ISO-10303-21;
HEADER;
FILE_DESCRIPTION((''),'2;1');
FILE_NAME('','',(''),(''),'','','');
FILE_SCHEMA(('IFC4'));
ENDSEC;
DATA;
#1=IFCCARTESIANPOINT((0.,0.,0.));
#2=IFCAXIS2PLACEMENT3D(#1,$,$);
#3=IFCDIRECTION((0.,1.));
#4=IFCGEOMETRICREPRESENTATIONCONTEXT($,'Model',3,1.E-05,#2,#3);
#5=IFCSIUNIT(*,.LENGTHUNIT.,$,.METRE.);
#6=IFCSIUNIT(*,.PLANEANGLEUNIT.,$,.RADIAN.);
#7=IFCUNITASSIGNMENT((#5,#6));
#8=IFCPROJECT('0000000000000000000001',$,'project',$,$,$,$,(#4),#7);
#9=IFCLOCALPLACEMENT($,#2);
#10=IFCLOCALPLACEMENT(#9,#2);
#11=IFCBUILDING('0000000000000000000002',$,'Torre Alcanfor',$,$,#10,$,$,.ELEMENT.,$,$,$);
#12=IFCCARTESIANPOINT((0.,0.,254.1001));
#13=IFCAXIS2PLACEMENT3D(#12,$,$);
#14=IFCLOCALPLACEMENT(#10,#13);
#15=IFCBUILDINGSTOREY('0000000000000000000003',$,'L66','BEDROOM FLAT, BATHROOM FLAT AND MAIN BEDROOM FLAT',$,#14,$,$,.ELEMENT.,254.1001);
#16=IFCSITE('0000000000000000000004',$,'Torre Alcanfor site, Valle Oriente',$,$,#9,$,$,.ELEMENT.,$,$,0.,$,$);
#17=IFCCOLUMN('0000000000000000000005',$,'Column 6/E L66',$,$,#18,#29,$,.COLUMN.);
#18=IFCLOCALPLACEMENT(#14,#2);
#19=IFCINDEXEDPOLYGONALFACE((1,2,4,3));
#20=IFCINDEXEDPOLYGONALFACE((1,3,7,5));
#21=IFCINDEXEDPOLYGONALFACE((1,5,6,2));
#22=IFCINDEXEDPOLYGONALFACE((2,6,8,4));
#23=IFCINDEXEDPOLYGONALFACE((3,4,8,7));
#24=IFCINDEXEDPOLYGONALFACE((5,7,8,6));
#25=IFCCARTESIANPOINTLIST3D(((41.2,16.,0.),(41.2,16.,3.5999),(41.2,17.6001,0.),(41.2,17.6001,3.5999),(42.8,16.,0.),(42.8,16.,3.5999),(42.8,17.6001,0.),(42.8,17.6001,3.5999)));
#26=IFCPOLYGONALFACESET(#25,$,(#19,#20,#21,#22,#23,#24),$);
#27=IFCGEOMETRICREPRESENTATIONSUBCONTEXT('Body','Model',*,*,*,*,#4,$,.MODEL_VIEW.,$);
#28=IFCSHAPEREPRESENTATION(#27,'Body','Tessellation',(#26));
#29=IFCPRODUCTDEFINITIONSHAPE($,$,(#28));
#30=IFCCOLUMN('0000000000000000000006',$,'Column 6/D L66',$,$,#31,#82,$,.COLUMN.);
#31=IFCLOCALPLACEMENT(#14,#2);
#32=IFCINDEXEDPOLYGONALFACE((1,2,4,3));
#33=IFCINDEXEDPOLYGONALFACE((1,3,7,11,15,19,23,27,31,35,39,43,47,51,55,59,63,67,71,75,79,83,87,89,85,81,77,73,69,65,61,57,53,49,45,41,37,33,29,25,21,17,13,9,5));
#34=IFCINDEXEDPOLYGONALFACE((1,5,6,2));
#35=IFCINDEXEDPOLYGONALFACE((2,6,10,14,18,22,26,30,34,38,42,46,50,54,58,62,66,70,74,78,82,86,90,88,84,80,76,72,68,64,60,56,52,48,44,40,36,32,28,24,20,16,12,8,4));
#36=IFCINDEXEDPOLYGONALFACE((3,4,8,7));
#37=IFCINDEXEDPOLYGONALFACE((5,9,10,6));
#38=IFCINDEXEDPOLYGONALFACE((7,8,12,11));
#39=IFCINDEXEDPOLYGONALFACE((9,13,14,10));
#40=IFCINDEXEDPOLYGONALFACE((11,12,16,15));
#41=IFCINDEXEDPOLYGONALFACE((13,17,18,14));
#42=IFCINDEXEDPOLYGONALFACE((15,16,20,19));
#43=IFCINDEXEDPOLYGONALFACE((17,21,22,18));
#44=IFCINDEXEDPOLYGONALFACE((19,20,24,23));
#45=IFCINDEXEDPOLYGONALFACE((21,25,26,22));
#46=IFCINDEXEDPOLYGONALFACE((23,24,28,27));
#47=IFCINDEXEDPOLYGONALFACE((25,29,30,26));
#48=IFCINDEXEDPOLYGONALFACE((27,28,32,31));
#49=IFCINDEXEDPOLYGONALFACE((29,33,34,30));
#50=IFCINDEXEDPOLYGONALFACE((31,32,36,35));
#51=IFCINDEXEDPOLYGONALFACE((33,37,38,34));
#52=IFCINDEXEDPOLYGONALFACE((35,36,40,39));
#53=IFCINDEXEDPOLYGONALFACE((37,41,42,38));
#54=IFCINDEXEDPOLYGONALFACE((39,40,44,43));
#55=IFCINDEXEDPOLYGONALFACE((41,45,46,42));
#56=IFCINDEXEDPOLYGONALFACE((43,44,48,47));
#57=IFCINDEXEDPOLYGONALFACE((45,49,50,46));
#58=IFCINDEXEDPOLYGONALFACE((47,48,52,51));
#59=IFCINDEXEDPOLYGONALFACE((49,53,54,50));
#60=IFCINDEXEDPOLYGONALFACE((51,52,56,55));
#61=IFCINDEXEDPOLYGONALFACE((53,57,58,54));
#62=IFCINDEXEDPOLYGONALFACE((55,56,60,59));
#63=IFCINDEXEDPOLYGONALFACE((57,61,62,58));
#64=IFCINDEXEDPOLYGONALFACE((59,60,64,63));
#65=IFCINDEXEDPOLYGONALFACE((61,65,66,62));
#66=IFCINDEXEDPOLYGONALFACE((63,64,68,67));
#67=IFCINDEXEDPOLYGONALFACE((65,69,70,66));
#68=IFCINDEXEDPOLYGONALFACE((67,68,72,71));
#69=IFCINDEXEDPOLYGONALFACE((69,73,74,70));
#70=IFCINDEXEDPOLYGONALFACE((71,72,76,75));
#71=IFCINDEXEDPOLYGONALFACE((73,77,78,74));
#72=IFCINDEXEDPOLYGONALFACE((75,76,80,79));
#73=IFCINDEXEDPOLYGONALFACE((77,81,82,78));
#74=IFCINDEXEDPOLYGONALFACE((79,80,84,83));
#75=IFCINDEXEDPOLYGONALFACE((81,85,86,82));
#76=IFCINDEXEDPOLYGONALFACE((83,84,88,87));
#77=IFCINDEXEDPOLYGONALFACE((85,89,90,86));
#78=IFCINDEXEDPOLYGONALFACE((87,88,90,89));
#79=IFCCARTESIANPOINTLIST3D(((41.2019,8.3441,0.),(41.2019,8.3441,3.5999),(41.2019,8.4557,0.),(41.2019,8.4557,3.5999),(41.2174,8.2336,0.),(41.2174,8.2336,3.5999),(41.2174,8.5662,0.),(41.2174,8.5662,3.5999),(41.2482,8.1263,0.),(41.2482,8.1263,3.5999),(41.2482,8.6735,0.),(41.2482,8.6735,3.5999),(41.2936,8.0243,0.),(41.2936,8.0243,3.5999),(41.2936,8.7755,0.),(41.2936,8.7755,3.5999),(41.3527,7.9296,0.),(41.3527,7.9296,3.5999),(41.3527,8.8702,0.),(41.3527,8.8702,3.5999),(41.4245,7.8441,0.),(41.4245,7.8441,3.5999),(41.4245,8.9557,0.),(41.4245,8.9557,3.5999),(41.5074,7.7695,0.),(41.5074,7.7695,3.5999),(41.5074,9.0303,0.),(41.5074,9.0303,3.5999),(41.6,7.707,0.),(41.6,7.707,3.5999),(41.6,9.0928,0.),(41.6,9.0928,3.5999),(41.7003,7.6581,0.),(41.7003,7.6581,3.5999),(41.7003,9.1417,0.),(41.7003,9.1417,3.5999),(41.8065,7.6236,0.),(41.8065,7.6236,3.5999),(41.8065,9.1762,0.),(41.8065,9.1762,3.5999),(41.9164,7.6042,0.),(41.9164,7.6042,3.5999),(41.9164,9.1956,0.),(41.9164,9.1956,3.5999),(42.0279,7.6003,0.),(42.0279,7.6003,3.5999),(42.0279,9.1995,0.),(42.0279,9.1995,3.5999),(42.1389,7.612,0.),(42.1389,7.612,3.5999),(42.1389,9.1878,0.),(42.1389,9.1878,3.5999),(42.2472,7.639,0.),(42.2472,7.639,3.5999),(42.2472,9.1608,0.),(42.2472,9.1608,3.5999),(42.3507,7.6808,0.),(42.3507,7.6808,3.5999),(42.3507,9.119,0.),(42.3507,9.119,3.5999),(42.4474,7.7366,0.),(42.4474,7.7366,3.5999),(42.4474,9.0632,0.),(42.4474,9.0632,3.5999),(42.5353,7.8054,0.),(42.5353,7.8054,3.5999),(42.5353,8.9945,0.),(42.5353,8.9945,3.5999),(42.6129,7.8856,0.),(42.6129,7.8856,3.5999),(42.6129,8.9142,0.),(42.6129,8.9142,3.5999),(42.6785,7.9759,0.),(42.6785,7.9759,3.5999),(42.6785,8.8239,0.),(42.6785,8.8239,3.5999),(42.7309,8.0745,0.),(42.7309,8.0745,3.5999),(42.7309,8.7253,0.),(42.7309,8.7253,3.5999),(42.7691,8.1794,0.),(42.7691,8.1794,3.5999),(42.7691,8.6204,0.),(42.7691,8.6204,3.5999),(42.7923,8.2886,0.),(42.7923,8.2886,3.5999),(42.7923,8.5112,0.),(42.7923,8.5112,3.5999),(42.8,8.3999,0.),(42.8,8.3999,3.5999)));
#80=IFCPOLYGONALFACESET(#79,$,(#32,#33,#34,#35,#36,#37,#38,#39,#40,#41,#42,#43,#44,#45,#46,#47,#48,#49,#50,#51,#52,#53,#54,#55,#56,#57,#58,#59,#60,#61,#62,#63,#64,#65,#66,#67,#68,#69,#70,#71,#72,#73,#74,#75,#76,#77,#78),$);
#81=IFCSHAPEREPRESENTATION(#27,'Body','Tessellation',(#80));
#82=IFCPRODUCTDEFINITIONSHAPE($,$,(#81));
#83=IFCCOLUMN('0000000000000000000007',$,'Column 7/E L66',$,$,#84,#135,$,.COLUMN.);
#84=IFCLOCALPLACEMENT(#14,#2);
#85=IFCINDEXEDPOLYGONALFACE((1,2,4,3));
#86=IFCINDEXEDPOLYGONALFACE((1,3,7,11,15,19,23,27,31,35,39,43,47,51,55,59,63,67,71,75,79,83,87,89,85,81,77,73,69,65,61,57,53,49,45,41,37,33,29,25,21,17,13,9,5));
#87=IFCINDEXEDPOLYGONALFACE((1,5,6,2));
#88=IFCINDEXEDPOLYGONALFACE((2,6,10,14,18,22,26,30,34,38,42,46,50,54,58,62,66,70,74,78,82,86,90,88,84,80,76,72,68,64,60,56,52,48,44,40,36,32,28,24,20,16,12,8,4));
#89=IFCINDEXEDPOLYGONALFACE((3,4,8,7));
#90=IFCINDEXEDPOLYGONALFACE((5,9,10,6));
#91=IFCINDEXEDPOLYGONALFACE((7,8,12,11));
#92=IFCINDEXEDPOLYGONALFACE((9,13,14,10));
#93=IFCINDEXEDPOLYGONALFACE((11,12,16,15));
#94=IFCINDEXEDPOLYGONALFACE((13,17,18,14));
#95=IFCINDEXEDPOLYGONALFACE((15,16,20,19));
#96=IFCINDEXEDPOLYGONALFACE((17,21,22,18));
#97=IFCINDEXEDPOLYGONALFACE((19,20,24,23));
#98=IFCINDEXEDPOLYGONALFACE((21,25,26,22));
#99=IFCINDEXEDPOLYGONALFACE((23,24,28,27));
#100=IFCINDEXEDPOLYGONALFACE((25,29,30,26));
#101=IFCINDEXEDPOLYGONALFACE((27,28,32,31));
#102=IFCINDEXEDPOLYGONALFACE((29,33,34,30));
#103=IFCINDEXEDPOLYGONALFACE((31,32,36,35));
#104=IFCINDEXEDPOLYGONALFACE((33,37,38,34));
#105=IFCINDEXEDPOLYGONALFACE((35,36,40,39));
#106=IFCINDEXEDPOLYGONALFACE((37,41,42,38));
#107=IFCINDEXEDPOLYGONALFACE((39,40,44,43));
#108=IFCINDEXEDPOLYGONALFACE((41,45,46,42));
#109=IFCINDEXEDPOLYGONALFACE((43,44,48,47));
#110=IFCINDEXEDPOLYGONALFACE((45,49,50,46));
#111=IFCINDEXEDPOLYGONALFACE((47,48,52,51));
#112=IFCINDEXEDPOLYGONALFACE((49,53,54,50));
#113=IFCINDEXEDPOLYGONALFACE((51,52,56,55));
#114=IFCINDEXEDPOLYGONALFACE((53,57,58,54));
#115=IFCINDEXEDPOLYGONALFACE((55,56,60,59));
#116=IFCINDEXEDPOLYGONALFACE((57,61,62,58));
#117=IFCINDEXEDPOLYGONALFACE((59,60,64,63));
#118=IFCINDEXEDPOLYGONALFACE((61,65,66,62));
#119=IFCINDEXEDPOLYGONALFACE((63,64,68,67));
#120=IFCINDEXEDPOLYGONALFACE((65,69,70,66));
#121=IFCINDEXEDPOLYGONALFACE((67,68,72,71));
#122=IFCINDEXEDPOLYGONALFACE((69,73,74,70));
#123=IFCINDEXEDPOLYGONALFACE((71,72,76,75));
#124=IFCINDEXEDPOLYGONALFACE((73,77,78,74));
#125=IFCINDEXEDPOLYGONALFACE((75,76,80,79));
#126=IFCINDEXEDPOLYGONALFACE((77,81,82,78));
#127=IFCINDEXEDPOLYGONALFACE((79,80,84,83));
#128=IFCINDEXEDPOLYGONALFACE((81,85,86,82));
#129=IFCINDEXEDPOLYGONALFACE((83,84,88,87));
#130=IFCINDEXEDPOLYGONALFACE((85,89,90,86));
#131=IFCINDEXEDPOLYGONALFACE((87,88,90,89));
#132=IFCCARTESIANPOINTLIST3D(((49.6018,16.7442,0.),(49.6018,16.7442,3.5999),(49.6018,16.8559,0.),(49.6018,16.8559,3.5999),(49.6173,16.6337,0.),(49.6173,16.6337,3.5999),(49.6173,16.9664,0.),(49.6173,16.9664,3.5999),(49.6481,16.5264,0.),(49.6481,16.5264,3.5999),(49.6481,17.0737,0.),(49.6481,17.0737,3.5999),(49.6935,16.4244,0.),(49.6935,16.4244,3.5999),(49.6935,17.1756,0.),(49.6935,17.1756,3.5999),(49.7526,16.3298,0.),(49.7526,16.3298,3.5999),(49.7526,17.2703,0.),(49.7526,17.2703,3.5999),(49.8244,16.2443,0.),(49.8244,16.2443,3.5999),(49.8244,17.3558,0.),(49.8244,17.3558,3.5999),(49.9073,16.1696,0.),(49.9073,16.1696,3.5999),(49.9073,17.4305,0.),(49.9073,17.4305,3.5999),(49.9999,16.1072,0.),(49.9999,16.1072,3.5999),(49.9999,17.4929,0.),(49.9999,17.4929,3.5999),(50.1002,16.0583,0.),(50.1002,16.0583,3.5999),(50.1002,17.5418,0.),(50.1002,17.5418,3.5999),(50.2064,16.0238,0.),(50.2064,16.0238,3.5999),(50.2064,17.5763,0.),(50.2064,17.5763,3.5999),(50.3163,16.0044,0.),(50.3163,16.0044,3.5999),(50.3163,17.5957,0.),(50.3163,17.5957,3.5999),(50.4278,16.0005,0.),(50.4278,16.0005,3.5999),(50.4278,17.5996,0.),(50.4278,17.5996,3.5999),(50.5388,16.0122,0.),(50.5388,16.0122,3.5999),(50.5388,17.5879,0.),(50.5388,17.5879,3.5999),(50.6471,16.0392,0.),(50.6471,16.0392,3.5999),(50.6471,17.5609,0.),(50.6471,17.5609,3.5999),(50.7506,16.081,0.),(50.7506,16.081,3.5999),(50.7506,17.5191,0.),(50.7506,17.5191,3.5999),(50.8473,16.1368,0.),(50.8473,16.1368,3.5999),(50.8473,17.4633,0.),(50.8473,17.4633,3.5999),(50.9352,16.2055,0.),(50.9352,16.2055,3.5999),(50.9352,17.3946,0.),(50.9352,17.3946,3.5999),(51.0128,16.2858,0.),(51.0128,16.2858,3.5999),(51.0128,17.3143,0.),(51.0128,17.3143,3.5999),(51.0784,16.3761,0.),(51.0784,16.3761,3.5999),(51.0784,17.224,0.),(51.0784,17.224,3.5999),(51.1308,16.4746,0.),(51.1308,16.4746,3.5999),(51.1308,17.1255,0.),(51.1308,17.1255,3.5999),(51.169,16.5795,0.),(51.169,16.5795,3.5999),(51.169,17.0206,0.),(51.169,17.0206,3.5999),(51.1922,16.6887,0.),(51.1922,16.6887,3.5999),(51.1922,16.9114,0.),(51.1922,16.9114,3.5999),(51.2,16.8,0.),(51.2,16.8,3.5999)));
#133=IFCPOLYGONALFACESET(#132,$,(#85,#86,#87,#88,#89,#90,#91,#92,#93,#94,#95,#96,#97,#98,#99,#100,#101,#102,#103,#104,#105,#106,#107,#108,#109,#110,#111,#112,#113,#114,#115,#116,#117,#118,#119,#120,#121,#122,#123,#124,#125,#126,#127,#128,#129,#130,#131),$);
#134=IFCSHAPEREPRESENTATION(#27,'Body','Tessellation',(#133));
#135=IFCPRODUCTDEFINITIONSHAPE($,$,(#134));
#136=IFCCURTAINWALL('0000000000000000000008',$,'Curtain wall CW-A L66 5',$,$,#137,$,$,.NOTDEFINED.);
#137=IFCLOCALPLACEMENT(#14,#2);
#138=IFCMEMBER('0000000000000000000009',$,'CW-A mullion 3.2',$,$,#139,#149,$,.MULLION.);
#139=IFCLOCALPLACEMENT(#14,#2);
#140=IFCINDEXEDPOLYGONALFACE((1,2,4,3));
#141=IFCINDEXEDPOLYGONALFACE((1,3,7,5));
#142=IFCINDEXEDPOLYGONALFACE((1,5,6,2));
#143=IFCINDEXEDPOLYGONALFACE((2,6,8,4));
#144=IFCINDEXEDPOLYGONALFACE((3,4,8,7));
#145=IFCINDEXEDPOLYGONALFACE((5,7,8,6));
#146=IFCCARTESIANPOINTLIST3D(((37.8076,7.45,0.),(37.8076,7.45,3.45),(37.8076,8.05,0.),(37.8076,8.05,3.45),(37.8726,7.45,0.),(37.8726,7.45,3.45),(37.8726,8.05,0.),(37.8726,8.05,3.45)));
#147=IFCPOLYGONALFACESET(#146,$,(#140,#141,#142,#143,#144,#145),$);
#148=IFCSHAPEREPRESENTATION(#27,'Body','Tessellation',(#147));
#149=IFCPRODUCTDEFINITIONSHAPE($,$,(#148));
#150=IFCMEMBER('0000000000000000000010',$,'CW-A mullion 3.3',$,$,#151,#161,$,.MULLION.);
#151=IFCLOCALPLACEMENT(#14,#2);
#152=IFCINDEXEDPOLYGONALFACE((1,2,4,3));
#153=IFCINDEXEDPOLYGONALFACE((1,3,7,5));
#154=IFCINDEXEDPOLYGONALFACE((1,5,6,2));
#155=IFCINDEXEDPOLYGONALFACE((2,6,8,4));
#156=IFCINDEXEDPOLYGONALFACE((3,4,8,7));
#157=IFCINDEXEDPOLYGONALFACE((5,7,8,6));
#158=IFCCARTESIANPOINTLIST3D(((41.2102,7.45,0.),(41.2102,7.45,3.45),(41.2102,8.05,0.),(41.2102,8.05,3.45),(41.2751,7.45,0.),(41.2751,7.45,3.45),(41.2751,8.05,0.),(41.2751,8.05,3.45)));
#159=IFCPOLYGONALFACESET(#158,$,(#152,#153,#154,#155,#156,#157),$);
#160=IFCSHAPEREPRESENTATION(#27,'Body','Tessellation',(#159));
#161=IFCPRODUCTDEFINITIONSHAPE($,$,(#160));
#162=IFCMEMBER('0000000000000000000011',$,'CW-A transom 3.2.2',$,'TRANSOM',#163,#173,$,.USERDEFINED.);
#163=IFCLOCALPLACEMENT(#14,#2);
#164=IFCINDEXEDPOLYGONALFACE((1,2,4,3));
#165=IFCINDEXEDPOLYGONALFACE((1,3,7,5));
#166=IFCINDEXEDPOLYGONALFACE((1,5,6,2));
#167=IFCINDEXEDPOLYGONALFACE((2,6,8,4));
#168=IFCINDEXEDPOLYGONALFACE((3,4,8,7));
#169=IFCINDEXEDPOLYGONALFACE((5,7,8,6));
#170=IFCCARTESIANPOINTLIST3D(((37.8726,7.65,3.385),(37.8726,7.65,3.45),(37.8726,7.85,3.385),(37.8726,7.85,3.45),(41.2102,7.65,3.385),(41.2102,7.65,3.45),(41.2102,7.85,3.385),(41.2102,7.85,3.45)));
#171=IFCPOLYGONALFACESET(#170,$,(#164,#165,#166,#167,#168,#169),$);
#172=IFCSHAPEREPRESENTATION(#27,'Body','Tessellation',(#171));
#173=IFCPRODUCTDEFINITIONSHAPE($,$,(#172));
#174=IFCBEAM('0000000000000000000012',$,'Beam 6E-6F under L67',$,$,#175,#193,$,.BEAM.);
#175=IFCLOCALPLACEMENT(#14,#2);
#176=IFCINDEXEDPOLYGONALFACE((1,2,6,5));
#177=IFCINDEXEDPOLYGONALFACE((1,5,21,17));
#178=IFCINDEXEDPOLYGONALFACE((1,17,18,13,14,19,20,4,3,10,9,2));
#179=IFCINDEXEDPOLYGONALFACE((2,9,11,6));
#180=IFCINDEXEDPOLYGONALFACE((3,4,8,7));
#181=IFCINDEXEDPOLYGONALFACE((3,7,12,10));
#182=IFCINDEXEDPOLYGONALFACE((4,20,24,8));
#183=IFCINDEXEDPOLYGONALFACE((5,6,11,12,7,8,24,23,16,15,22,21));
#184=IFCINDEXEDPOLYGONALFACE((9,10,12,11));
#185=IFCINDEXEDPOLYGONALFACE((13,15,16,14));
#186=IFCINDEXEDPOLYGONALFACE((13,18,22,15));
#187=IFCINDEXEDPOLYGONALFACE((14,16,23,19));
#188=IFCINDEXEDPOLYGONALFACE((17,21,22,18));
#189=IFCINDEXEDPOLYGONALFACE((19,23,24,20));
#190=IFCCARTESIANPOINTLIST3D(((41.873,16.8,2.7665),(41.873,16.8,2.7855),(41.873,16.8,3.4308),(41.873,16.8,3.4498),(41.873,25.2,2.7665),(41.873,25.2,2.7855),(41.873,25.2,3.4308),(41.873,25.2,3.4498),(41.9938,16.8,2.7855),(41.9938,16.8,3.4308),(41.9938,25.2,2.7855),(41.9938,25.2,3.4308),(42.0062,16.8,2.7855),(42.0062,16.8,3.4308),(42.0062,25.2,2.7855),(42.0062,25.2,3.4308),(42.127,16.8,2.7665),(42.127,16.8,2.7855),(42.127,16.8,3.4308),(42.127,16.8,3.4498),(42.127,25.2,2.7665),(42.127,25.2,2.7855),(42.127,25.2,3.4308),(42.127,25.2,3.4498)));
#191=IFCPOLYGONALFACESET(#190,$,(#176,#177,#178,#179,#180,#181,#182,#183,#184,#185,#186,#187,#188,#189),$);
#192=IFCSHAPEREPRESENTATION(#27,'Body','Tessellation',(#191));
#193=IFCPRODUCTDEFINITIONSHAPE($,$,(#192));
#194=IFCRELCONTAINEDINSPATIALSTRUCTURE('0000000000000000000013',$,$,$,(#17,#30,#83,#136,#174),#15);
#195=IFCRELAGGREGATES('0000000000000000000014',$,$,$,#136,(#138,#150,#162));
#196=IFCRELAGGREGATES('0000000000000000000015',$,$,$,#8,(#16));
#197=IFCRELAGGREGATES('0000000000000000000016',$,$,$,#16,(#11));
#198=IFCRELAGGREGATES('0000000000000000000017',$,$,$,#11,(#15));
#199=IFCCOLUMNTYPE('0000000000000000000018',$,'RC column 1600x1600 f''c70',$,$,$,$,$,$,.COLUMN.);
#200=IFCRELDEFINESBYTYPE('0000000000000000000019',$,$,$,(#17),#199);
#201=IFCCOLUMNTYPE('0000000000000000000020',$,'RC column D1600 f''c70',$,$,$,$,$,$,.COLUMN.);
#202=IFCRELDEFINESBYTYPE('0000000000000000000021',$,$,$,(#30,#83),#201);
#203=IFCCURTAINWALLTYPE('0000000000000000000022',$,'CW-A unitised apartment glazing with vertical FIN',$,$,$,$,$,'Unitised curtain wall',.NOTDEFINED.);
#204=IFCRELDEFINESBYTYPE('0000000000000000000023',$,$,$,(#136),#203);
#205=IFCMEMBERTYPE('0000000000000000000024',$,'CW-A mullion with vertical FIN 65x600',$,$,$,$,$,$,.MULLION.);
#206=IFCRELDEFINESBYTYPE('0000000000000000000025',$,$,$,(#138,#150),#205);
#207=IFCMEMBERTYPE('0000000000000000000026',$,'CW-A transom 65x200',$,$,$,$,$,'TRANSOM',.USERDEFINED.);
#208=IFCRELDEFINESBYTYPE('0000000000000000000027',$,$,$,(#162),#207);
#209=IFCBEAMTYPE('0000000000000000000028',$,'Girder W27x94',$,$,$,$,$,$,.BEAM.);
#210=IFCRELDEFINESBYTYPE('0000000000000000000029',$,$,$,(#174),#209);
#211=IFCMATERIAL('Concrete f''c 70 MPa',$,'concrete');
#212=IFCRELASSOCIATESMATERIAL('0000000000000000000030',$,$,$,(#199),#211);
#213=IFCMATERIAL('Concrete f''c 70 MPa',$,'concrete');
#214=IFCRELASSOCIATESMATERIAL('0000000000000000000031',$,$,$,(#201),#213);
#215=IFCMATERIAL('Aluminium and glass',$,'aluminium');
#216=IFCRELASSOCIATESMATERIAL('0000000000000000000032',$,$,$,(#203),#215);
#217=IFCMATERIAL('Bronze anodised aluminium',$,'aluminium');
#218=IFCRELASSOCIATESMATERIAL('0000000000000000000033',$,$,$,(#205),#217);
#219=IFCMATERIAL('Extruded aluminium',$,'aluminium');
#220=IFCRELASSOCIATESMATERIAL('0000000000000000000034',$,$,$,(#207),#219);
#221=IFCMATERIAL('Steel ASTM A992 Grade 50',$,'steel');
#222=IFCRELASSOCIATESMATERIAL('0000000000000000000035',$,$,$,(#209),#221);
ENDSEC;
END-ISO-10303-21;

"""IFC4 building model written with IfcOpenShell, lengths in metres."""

from ifc_helpers import new_model, si_unit, direction, frame, origin, origin_2d, place, context, subcontext, project, spatial, rectangle, circle, i_section, extrude, material, material_profile, profile_set, type_object, element, aggregate, save


model = new_model("IFC4")

# Units and contexts
model_context = context("Model", 3, precision=1e-05, world=origin(), true_north=direction((0.0, 1.0)))
body_context = subcontext(model_context, "Body", "Model", "MODEL_VIEW")
ifc_project = project(units=[si_unit("LENGTHUNIT", "METRE"), si_unit("PLANEANGLEUNIT", "RADIAN")], contexts=[model_context])

# Site, building, storey
site_placement = place(None, origin())
site = spatial("IfcSite", under=ifc_project, at=site_placement, Name="Torre Alcanfor site, Valle Oriente", CompositionType="ELEMENT", RefElevation=0.0)
building_placement = place(site_placement, origin())
building = spatial("IfcBuilding", under=site, at=building_placement, Name="Torre Alcanfor", CompositionType="ELEMENT")
storey_placement = place(building_placement, frame((0.0, 0.0, 254.1001)))
storey = spatial("IfcBuildingStorey", under=building, at=storey_placement, Name="L66", Description="BEDROOM FLAT, BATHROOM FLAT AND MAIN BEDROOM FLAT", CompositionType="ELEMENT", Elevation=254.1001)

# Columns
ifc_material_1 = material(Name="Concrete f'c 70 MPa", Category="concrete")
ifc_material_profile_1 = material_profile(ifc_material_1, rectangle(XDim=1.6001, YDim=1.6001, at=origin_2d()), Name="1600x1600")
ifc_profile_set_1 = profile_set([ifc_material_profile_1], Name="Concrete f'c 70 MPa")
column_type_1 = type_object("IfcColumnType", Name="RC column 1600x1600 f'c70", PredefinedType="COLUMN", material=ifc_profile_set_1)
column_placement = place(storey_placement, frame((42.0, 16.8, 0.0), z_axis=(0.0, 0.0, 1.0), x_axis=(1.0, 0.0, 0.0)))
element("IfcColumn", 1, at=column_placement, inside=storey, type_object=column_type_1, Name="Column 6/E L66", PredefinedType="COLUMN", context=body_context, shape_type="SweptSolid", body=[
    extrude(rectangle(XDim=1.6001, YDim=1.6001, at=origin_2d()), origin(), (0.0, 0.0, 1.0), 3.5999),
])
ifc_material_2 = material(Name="Concrete f'c 70 MPa", Category="concrete")
ifc_material_profile_2 = material_profile(ifc_material_2, circle(Radius=0.8, at=origin_2d()), Name="D1600")
ifc_profile_set_2 = profile_set([ifc_material_profile_2], Name="Concrete f'c 70 MPa")
column_type_2 = type_object("IfcColumnType", Name="RC column D1600 f'c70", PredefinedType="COLUMN", material=ifc_profile_set_2)
for number, where, z_axis, x_axis, name in (
    (2, (42.0, 8.3999, 0.0), (0.0, 0.0, 1.0), (1.0, 0.0, 0.0), "Column 6/D L66"),
    (3, (50.3999, 16.8, 0.0), (0.0, 0.0, 1.0), (1.0, 0.0, 0.0), "Column 7/E L66"),
):
    element("IfcColumn", number, at=place(storey_placement, frame(where, z_axis=z_axis, x_axis=x_axis)), inside=storey, type_object=column_type_2, Name=name, PredefinedType="COLUMN", context=body_context, shape_type="SweptSolid", body=[
        extrude(circle(Radius=0.8, at=origin_2d()), origin(), (0.0, 0.0, 1.0), 3.5999),
    ])

# Curtain wall, members
ifc_material_3 = material(Name="Aluminium and glass", Category="aluminium")
curtain_wall_type = type_object("IfcCurtainWallType", Name="CW-A unitised apartment glazing with vertical FIN", ElementType="Unitised curtain wall", PredefinedType="NOTDEFINED", material=ifc_material_3)
curtain_wall_placement = place(storey_placement, origin())
curtain_wall = element("IfcCurtainWall", 4, at=curtain_wall_placement, inside=storey, type_object=curtain_wall_type, Name="Curtain wall CW-A L66 5", PredefinedType="NOTDEFINED")
ifc_material_4 = material(Name="Bronze anodised aluminium", Category="aluminium")
ifc_material_profile_3 = material_profile(ifc_material_4, rectangle(XDim=0.6001, YDim=0.0649, at=origin_2d()), Name="CW-A mullion 65x600")
ifc_profile_set_3 = profile_set([ifc_material_profile_3], Name="Bronze anodised aluminium")
member_type_1 = type_object("IfcMemberType", Name="CW-A mullion with vertical FIN 65x600", PredefinedType="MULLION", material=ifc_profile_set_3)
member_1_placement = place(storey_placement, frame((37.8401, 7.75, 0.0), z_axis=(0.0, 0.0, 1.0), x_axis=(0.0, 1.0, 0.0)))
member_1 = element("IfcMember", 5, at=member_1_placement, type_object=member_type_1, Name="CW-A mullion 3.2", PredefinedType="MULLION", context=body_context, shape_type="SweptSolid", body=[
    extrude(rectangle(XDim=0.6001, YDim=0.0649, at=origin_2d()), origin(), (0.0, 0.0, 1.0), 3.45),
])
member_2_placement = place(storey_placement, frame((41.2427, 7.75, 0.0), z_axis=(0.0, 0.0, 1.0), x_axis=(0.0, 1.0, 0.0)))
member_2 = element("IfcMember", 6, at=member_2_placement, type_object=member_type_1, Name="CW-A mullion 3.3", PredefinedType="MULLION", context=body_context, shape_type="SweptSolid", body=[
    extrude(rectangle(XDim=0.6001, YDim=0.0649, at=origin_2d()), origin(), (0.0, 0.0, 1.0), 3.45),
])
ifc_material_5 = material(Name="Extruded aluminium", Category="aluminium")
ifc_material_profile_4 = material_profile(ifc_material_5, rectangle(XDim=0.2, YDim=0.0649, at=origin_2d()), Name="CW-A transom 200x65")
ifc_profile_set_4 = profile_set([ifc_material_profile_4], Name="Extruded aluminium")
member_type_2 = type_object("IfcMemberType", Name="CW-A transom 65x200", ElementType="TRANSOM", PredefinedType="USERDEFINED", material=ifc_profile_set_4)
member_3_placement = place(storey_placement, frame((37.8726, 7.75, 3.4175), z_axis=(1.0, 0.0, 0.0), x_axis=(0.0, 1.0, 0.0)))
member_3 = element("IfcMember", 7, at=member_3_placement, type_object=member_type_2, Name="CW-A transom 3.2.2", ObjectType="TRANSOM", PredefinedType="USERDEFINED", context=body_context, shape_type="SweptSolid", body=[
    extrude(rectangle(XDim=0.2, YDim=0.0649, at=origin_2d()), origin(), (0.0, 0.0, 1.0), 3.3376),
])

# Beam
ifc_material_6 = material(Name="Steel ASTM A992 Grade 50", Category="steel")
ifc_material_profile_5 = material_profile(ifc_material_6, i_section(OverallWidth=0.2539, OverallDepth=0.6833, WebThickness=0.0125, FlangeThickness=0.019, at=origin_2d()), Name="W27x94")
ifc_profile_set_5 = profile_set([ifc_material_profile_5], Name="Steel ASTM A992 Grade 50")
beam_type_1 = type_object("IfcBeamType", Name="Girder W27x94", PredefinedType="BEAM", material=ifc_profile_set_5)
beam_1_placement = place(storey_placement, frame((42.0, 16.8, 3.1082), z_axis=(0.0, 1.0, 0.0), x_axis=(-1.0, 0.0, 0.0)))
element("IfcBeam", 8, at=beam_1_placement, inside=storey, type_object=beam_type_1, Name="Beam 6E-6F under L67", PredefinedType="BEAM", context=body_context, shape_type="SweptSolid", body=[
    extrude(i_section(OverallWidth=0.2539, OverallDepth=0.6833, WebThickness=0.0125, FlangeThickness=0.019, at=origin_2d()), origin(), (0.0, 0.0, 1.0), 8.3999),
])

aggregate(curtain_wall, [member_1, member_2, member_3])

save(model, "model.ifc")
